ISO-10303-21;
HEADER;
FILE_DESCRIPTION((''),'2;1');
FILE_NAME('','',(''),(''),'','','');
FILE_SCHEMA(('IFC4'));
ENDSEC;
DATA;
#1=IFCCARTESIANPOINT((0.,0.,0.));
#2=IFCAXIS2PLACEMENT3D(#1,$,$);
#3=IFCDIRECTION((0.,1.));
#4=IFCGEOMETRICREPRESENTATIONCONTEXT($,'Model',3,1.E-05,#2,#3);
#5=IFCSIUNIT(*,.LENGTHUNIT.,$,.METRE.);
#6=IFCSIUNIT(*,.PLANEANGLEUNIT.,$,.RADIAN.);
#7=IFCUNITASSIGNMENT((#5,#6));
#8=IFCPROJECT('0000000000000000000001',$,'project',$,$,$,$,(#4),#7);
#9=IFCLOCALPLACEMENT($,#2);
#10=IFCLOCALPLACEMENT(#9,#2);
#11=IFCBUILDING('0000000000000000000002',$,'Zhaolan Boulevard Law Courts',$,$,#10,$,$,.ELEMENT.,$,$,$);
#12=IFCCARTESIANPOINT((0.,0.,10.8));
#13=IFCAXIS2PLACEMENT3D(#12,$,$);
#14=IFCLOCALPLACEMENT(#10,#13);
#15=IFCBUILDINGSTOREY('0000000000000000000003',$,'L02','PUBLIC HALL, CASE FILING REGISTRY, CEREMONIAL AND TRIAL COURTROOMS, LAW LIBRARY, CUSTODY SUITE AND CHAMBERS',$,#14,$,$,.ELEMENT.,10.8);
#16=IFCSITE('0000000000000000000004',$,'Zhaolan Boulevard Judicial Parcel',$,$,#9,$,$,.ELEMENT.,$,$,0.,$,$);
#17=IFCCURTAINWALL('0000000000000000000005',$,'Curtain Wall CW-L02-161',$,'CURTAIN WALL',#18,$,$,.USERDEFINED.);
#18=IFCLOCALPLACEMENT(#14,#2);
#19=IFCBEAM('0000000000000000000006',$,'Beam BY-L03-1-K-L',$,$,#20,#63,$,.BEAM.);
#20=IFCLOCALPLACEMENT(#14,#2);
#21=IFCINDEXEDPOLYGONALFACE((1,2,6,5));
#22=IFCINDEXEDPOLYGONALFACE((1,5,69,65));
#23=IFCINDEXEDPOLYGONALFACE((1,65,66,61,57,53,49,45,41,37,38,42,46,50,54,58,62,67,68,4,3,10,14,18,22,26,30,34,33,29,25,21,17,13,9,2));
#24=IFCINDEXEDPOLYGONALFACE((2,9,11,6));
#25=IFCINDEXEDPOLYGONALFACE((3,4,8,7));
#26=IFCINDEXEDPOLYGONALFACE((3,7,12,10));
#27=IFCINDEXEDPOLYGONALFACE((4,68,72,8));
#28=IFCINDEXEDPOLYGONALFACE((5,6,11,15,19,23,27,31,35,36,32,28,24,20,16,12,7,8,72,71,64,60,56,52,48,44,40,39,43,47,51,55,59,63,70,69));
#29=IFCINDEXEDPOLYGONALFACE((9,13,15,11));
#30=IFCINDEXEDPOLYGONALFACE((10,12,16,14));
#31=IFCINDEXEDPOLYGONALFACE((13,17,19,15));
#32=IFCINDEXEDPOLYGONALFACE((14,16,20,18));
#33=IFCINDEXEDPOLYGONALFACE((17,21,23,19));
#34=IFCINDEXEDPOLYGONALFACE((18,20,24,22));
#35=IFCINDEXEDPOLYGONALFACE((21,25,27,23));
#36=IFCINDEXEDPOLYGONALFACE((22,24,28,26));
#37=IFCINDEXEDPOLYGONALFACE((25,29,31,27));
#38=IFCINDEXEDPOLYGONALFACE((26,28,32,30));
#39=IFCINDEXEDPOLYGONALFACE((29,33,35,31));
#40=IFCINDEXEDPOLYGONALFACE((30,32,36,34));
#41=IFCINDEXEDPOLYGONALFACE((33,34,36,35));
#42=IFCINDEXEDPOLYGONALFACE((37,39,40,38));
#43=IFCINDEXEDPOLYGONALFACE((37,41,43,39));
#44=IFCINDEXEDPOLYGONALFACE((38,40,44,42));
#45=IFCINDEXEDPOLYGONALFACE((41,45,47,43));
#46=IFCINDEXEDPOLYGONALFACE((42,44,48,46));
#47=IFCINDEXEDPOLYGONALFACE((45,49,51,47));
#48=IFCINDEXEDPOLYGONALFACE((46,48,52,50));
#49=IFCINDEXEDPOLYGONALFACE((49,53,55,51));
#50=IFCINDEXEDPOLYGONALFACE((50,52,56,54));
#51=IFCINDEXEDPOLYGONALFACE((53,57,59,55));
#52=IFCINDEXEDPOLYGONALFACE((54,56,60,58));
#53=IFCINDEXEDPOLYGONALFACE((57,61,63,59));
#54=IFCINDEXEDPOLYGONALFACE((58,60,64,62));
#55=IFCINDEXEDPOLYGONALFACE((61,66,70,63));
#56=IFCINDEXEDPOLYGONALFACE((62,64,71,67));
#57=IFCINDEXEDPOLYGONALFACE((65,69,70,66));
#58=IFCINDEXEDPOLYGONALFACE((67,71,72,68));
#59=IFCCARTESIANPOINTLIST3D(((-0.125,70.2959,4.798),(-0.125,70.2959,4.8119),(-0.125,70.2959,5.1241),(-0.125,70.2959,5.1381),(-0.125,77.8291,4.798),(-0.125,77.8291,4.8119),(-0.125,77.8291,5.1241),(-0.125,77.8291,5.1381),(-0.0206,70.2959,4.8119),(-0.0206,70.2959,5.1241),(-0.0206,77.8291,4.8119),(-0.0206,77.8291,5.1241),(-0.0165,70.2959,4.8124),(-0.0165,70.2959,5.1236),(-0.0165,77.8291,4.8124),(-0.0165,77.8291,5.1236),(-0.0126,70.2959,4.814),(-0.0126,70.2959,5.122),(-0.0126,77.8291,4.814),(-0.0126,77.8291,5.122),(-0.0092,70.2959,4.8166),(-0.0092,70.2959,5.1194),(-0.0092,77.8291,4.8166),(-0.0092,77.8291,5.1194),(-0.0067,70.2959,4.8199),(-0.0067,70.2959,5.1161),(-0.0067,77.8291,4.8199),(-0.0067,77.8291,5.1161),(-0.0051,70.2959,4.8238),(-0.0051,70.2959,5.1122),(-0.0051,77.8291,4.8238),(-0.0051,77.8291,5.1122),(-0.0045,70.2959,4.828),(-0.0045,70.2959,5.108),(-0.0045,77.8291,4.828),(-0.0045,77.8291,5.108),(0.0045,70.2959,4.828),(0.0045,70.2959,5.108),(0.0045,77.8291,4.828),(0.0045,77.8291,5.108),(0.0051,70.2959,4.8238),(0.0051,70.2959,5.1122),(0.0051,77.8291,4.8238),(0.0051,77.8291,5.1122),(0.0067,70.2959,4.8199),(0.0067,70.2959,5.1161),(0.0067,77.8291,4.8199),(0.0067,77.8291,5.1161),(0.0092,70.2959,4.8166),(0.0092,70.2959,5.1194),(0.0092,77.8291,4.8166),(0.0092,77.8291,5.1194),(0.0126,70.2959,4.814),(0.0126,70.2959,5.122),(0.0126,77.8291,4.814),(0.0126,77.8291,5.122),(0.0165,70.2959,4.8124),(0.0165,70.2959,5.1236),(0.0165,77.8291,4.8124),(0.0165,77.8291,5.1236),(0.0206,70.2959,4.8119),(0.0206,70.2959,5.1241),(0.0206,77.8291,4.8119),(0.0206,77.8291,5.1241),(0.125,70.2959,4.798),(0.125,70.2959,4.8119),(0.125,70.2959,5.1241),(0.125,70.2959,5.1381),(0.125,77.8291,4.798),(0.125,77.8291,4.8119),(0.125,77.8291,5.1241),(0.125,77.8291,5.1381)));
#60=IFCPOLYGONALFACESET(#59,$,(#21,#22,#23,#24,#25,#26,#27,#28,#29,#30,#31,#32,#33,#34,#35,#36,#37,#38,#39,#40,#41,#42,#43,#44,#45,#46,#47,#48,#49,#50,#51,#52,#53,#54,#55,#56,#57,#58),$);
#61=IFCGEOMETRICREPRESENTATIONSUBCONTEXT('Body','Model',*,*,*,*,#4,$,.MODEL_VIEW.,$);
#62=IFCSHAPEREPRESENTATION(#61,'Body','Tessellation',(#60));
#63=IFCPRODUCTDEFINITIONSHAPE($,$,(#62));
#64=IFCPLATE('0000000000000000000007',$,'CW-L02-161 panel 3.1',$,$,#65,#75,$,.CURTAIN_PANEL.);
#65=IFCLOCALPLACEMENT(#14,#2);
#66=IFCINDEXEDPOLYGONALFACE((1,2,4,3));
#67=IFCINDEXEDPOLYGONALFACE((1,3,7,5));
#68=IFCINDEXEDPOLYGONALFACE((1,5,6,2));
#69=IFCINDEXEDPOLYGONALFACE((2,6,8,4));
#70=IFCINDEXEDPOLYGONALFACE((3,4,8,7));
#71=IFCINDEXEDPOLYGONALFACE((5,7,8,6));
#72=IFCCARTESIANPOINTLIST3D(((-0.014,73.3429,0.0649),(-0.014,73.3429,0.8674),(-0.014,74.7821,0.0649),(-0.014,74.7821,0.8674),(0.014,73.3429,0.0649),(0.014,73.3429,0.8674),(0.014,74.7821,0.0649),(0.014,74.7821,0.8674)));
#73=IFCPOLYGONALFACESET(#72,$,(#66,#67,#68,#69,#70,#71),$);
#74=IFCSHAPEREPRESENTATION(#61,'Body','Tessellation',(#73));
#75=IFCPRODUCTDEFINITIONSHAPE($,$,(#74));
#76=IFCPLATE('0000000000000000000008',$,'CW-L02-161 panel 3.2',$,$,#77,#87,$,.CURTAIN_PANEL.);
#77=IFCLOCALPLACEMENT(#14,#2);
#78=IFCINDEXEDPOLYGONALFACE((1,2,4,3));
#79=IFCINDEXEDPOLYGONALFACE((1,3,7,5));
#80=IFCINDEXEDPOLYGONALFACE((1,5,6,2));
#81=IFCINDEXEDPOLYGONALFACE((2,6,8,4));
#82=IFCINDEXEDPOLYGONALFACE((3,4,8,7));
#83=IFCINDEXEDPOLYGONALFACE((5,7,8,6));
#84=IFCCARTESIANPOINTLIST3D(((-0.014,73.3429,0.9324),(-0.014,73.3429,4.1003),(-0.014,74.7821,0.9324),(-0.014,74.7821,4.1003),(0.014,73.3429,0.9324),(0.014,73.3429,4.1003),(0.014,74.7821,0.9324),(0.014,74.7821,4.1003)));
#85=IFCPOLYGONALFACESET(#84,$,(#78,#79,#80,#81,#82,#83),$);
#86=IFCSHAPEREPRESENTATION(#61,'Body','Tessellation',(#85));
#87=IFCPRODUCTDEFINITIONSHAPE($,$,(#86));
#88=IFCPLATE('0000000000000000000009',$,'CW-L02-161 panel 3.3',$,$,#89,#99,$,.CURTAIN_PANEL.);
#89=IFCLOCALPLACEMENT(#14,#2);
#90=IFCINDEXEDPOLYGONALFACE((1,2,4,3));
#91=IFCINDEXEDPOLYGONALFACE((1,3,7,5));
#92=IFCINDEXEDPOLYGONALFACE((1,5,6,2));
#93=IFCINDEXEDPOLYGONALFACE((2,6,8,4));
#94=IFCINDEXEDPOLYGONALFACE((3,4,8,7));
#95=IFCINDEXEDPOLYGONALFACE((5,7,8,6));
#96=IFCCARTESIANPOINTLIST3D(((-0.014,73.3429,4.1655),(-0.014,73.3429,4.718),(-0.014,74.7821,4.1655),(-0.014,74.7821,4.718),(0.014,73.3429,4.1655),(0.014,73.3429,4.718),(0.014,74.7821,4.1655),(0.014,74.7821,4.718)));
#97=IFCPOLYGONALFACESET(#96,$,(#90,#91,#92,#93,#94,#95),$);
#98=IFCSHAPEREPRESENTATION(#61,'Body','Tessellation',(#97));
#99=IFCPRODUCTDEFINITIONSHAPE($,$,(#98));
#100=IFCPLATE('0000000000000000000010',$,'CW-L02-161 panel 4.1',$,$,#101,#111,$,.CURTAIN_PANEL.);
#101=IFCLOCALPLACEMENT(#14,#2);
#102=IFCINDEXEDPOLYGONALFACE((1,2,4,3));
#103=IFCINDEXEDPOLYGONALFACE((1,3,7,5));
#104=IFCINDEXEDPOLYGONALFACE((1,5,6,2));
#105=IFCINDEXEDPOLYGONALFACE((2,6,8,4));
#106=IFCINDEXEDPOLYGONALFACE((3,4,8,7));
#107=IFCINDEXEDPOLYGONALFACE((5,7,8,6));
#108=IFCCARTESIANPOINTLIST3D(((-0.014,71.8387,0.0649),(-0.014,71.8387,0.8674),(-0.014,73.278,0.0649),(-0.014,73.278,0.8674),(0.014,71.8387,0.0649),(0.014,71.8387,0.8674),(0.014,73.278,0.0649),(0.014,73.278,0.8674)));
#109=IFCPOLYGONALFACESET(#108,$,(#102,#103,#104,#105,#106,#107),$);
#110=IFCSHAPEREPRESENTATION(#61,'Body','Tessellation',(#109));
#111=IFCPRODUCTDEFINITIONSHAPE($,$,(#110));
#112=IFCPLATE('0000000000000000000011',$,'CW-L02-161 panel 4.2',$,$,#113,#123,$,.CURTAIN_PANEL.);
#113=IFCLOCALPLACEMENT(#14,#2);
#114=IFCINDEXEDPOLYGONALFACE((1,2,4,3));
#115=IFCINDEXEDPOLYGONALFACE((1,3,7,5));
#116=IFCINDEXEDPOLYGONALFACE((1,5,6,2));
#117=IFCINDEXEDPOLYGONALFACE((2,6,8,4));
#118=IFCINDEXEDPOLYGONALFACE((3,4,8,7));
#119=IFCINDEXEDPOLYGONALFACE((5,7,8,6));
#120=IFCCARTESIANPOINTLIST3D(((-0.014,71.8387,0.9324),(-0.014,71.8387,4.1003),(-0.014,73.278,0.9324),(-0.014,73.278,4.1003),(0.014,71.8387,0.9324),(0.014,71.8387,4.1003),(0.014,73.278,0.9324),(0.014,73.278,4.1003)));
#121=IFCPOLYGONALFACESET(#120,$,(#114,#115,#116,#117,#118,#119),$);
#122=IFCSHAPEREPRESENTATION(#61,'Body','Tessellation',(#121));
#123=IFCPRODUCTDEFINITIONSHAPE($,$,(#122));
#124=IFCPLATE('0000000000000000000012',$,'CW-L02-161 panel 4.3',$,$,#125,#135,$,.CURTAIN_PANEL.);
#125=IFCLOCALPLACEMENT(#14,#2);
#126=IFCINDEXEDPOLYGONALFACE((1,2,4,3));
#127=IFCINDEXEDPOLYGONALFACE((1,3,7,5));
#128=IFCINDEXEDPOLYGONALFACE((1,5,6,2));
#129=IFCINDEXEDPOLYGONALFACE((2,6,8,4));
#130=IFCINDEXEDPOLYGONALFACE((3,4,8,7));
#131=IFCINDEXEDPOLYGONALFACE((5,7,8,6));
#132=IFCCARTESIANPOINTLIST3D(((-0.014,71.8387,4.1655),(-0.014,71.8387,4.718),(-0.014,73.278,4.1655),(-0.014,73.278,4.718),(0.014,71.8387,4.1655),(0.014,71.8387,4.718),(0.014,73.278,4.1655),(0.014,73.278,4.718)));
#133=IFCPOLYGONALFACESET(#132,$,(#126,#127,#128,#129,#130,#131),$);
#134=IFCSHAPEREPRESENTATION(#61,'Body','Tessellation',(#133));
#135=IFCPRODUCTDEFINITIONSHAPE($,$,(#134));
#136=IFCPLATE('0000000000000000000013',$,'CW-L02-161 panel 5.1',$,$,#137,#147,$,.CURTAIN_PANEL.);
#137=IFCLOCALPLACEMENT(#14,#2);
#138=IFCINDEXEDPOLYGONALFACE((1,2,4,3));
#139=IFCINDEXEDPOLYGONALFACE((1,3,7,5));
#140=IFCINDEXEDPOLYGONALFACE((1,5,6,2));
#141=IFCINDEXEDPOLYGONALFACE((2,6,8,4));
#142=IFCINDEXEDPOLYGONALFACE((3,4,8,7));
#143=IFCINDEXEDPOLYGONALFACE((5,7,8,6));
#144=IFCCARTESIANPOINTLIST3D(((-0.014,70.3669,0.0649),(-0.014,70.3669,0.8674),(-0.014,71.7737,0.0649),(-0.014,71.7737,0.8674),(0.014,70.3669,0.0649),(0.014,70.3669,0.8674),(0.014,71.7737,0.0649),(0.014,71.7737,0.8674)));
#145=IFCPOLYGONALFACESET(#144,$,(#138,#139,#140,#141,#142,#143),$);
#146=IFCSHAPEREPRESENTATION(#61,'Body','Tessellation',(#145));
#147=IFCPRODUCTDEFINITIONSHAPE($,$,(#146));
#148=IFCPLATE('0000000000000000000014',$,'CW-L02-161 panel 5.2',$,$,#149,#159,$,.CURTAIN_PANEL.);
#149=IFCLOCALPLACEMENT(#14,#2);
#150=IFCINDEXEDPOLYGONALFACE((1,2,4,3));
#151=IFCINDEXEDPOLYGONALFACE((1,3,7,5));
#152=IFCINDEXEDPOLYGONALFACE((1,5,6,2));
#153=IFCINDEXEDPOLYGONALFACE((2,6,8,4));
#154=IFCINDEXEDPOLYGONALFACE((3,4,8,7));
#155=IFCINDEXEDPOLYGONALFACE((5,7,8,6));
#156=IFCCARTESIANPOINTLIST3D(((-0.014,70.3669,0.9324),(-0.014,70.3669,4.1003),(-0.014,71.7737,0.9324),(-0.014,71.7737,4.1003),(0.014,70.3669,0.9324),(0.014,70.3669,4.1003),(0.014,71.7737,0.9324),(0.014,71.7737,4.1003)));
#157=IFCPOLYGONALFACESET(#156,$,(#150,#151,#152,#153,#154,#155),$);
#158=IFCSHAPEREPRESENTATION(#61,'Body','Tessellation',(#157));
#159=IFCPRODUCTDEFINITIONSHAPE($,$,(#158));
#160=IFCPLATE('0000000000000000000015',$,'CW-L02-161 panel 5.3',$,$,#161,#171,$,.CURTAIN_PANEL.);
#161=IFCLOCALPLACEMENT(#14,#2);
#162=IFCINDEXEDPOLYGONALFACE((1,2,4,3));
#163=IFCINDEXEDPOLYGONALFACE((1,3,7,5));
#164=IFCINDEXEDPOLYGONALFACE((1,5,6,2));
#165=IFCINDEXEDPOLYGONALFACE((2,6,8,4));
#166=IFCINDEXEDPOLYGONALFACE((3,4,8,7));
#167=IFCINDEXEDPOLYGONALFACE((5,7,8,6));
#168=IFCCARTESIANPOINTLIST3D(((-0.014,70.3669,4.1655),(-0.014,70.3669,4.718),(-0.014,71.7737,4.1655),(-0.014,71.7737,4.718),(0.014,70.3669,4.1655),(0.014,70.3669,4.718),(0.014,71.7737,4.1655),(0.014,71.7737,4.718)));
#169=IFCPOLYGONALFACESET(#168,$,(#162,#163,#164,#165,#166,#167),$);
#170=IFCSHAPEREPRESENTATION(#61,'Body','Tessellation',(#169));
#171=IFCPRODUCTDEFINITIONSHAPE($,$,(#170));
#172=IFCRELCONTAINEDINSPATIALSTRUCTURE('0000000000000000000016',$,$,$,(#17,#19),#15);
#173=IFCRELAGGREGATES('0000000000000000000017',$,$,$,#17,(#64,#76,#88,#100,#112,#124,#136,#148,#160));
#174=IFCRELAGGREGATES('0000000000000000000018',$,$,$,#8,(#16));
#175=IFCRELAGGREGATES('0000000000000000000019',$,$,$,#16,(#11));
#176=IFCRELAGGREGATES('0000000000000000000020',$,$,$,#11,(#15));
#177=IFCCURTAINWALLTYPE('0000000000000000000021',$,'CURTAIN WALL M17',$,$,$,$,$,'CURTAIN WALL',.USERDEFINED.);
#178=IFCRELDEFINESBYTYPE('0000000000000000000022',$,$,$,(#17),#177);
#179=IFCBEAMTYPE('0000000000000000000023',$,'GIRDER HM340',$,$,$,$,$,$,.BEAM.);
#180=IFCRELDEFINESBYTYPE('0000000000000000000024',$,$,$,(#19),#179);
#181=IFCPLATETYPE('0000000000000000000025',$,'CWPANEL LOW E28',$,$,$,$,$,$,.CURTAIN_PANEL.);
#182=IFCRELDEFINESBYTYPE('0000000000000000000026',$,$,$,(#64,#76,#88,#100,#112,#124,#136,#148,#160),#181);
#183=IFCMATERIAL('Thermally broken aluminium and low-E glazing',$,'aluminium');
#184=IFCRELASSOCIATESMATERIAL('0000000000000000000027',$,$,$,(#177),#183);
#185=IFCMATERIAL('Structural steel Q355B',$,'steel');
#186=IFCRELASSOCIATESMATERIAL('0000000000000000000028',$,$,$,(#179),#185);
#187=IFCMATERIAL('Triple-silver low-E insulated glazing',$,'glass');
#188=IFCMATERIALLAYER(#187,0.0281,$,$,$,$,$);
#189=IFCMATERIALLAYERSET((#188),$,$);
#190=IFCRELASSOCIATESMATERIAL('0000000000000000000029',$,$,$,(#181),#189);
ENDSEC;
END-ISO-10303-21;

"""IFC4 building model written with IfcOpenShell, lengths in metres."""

from ifc_helpers import new_model, si_unit, direction, frame, origin, origin_2d, place, context, subcontext, project, spatial, rectangle, i_section, extrude, material, layer, layer_set, material_profile, profile_set, type_object, element, aggregate, save


model = new_model("IFC4")

# Units and contexts
model_context = context("Model", 3, precision=1e-05, world=origin(), true_north=direction((0.0, 1.0)))
body_context = subcontext(model_context, "Body", "Model", "MODEL_VIEW")
ifc_project = project(units=[si_unit("LENGTHUNIT", "METRE"), si_unit("PLANEANGLEUNIT", "RADIAN")], contexts=[model_context])

# Site, building, storey
site_placement = place(None, origin())
site = spatial("IfcSite", under=ifc_project, at=site_placement, Name="Zhaolan Boulevard Judicial Parcel", CompositionType="ELEMENT", RefElevation=0.0)
building_placement = place(site_placement, origin())
building = spatial("IfcBuilding", under=site, at=building_placement, Name="Zhaolan Boulevard Law Courts", CompositionType="ELEMENT")
storey_placement = place(building_placement, frame((0.0, 0.0, 10.8)))
storey = spatial("IfcBuildingStorey", under=building, at=storey_placement, Name="L02", Description="PUBLIC HALL, CASE FILING REGISTRY, CEREMONIAL AND TRIAL COURTROOMS, LAW LIBRARY, CUSTODY SUITE AND CHAMBERS", CompositionType="ELEMENT", Elevation=10.8)

# Curtain wall
ifc_material_1 = material(Name="Thermally broken aluminium and low-E glazing", Category="aluminium")
curtain_wall_type = type_object("IfcCurtainWallType", Name="CURTAIN WALL M17", ElementType="CURTAIN WALL", PredefinedType="USERDEFINED", material=ifc_material_1)
curtain_wall_placement = place(storey_placement, origin())
curtain_wall = element("IfcCurtainWall", 1, at=curtain_wall_placement, inside=storey, type_object=curtain_wall_type, Name="Curtain Wall CW-L02-161", ObjectType="CURTAIN WALL", PredefinedType="USERDEFINED")

# Beam
ifc_material_2 = material(Name="Structural steel Q355B", Category="steel")
ifc_material_profile_1 = material_profile(ifc_material_2, i_section(OverallWidth=0.25, OverallDepth=0.3401, WebThickness=0.009, FlangeThickness=0.0139, FilletRadius=0.0161, at=origin_2d()), Name="HM340x250")
ifc_profile_set_1 = profile_set([ifc_material_profile_1], Name="Structural steel Q355B")
beam_type = type_object("IfcBeamType", Name="GIRDER HM340", PredefinedType="BEAM", material=ifc_profile_set_1)
beam_placement = place(storey_placement, frame((0.0, 70.2959, 4.968), z_axis=(0.0, 1.0, 0.0), x_axis=(-1.0, 0.0, 0.0)))
element("IfcBeam", 2, at=beam_placement, inside=storey, type_object=beam_type, Name="Beam BY-L03-1-K-L", PredefinedType="BEAM", context=body_context, shape_type="SweptSolid", body=[
    extrude(i_section(OverallWidth=0.25, OverallDepth=0.3401, WebThickness=0.009, FlangeThickness=0.0139, FilletRadius=0.0161, at=origin_2d()), origin(), (0.0, 0.0, 1.0), 7.5332),
])

# Plates
ifc_material_3 = material(Name="Triple-silver low-E insulated glazing", Category="glass")
ifc_layer = layer(ifc_material_3, 0.0281)
ifc_layer_set = layer_set([ifc_layer])
plate_type = type_object("IfcPlateType", Name="CWPANEL LOW E28", PredefinedType="CURTAIN_PANEL", material=ifc_layer_set)
plate_1_placement = place(storey_placement, frame((0.0, 74.0625, 0.0649), z_axis=(0.0, 0.0, 1.0), x_axis=(0.0, -1.0, 0.0)))
plate_1 = element("IfcPlate", 3, at=plate_1_placement, type_object=plate_type, Name="CW-L02-161 panel 3.1", PredefinedType="CURTAIN_PANEL", context=body_context, shape_type="SweptSolid", body=[
    extrude(rectangle(XDim=1.4392, YDim=0.0281, at=origin_2d()), origin(), (0.0, 0.0, 1.0), 0.8025),
])
plate_2_placement = place(storey_placement, frame((0.0, 74.0625, 0.9324), z_axis=(0.0, 0.0, 1.0), x_axis=(0.0, -1.0, 0.0)))
plate_2 = element("IfcPlate", 4, at=plate_2_placement, type_object=plate_type, Name="CW-L02-161 panel 3.2", PredefinedType="CURTAIN_PANEL", context=body_context, shape_type="SweptSolid", body=[
    extrude(rectangle(XDim=1.4392, YDim=0.0281, at=origin_2d()), origin(), (0.0, 0.0, 1.0), 3.168),
])
plate_3_placement = place(storey_placement, frame((0.0, 74.0625, 4.1655), z_axis=(0.0, 0.0, 1.0), x_axis=(0.0, -1.0, 0.0)))
plate_3 = element("IfcPlate", 5, at=plate_3_placement, type_object=plate_type, Name="CW-L02-161 panel 3.3", PredefinedType="CURTAIN_PANEL", context=body_context, shape_type="SweptSolid", body=[
    extrude(rectangle(XDim=1.4392, YDim=0.0281, at=origin_2d()), origin(), (0.0, 0.0, 1.0), 0.5525),
])
plate_4_placement = place(storey_placement, frame((0.0, 72.5583, 0.0649), z_axis=(0.0, 0.0, 1.0), x_axis=(0.0, -1.0, 0.0)))
plate_4 = element("IfcPlate", 6, at=plate_4_placement, type_object=plate_type, Name="CW-L02-161 panel 4.1", PredefinedType="CURTAIN_PANEL", context=body_context, shape_type="SweptSolid", body=[
    extrude(rectangle(XDim=1.4392, YDim=0.0281, at=origin_2d()), origin(), (0.0, 0.0, 1.0), 0.8025),
])
plate_5_placement = place(storey_placement, frame((0.0, 72.5583, 0.9324), z_axis=(0.0, 0.0, 1.0), x_axis=(0.0, -1.0, 0.0)))
plate_5 = element("IfcPlate", 7, at=plate_5_placement, type_object=plate_type, Name="CW-L02-161 panel 4.2", PredefinedType="CURTAIN_PANEL", context=body_context, shape_type="SweptSolid", body=[
    extrude(rectangle(XDim=1.4392, YDim=0.0281, at=origin_2d()), origin(), (0.0, 0.0, 1.0), 3.168),
])
plate_6_placement = place(storey_placement, frame((0.0, 72.5583, 4.1655), z_axis=(0.0, 0.0, 1.0), x_axis=(0.0, -1.0, 0.0)))
plate_6 = element("IfcPlate", 8, at=plate_6_placement, type_object=plate_type, Name="CW-L02-161 panel 4.3", PredefinedType="CURTAIN_PANEL", context=body_context, shape_type="SweptSolid", body=[
    extrude(rectangle(XDim=1.4392, YDim=0.0281, at=origin_2d()), origin(), (0.0, 0.0, 1.0), 0.5525),
])
plate_7_placement = place(storey_placement, frame((0.0, 71.0703, 0.0649), z_axis=(0.0, 0.0, 1.0), x_axis=(0.0, -1.0, 0.0)))
plate_7 = element("IfcPlate", 9, at=plate_7_placement, type_object=plate_type, Name="CW-L02-161 panel 5.1", PredefinedType="CURTAIN_PANEL", context=body_context, shape_type="SweptSolid", body=[
    extrude(rectangle(XDim=1.4067, YDim=0.0281, at=origin_2d()), origin(), (0.0, 0.0, 1.0), 0.8025),
])
plate_8_placement = place(storey_placement, frame((0.0, 71.0703, 0.9324), z_axis=(0.0, 0.0, 1.0), x_axis=(0.0, -1.0, 0.0)))
plate_8 = element("IfcPlate", 10, at=plate_8_placement, type_object=plate_type, Name="CW-L02-161 panel 5.2", PredefinedType="CURTAIN_PANEL", context=body_context, shape_type="SweptSolid", body=[
    extrude(rectangle(XDim=1.4067, YDim=0.0281, at=origin_2d()), origin(), (0.0, 0.0, 1.0), 3.168),
])
plate_9_placement = place(storey_placement, frame((0.0, 71.0703, 4.1655), z_axis=(0.0, 0.0, 1.0), x_axis=(0.0, -1.0, 0.0)))
plate_9 = element("IfcPlate", 11, at=plate_9_placement, type_object=plate_type, Name="CW-L02-161 panel 5.3", PredefinedType="CURTAIN_PANEL", context=body_context, shape_type="SweptSolid", body=[
    extrude(rectangle(XDim=1.4067, YDim=0.0281, at=origin_2d()), origin(), (0.0, 0.0, 1.0), 0.5525),
])
aggregate(curtain_wall, [plate_1, plate_2, plate_3, plate_4, plate_5, plate_6, plate_7, plate_8, plate_9])

save(model, "model.ifc")
